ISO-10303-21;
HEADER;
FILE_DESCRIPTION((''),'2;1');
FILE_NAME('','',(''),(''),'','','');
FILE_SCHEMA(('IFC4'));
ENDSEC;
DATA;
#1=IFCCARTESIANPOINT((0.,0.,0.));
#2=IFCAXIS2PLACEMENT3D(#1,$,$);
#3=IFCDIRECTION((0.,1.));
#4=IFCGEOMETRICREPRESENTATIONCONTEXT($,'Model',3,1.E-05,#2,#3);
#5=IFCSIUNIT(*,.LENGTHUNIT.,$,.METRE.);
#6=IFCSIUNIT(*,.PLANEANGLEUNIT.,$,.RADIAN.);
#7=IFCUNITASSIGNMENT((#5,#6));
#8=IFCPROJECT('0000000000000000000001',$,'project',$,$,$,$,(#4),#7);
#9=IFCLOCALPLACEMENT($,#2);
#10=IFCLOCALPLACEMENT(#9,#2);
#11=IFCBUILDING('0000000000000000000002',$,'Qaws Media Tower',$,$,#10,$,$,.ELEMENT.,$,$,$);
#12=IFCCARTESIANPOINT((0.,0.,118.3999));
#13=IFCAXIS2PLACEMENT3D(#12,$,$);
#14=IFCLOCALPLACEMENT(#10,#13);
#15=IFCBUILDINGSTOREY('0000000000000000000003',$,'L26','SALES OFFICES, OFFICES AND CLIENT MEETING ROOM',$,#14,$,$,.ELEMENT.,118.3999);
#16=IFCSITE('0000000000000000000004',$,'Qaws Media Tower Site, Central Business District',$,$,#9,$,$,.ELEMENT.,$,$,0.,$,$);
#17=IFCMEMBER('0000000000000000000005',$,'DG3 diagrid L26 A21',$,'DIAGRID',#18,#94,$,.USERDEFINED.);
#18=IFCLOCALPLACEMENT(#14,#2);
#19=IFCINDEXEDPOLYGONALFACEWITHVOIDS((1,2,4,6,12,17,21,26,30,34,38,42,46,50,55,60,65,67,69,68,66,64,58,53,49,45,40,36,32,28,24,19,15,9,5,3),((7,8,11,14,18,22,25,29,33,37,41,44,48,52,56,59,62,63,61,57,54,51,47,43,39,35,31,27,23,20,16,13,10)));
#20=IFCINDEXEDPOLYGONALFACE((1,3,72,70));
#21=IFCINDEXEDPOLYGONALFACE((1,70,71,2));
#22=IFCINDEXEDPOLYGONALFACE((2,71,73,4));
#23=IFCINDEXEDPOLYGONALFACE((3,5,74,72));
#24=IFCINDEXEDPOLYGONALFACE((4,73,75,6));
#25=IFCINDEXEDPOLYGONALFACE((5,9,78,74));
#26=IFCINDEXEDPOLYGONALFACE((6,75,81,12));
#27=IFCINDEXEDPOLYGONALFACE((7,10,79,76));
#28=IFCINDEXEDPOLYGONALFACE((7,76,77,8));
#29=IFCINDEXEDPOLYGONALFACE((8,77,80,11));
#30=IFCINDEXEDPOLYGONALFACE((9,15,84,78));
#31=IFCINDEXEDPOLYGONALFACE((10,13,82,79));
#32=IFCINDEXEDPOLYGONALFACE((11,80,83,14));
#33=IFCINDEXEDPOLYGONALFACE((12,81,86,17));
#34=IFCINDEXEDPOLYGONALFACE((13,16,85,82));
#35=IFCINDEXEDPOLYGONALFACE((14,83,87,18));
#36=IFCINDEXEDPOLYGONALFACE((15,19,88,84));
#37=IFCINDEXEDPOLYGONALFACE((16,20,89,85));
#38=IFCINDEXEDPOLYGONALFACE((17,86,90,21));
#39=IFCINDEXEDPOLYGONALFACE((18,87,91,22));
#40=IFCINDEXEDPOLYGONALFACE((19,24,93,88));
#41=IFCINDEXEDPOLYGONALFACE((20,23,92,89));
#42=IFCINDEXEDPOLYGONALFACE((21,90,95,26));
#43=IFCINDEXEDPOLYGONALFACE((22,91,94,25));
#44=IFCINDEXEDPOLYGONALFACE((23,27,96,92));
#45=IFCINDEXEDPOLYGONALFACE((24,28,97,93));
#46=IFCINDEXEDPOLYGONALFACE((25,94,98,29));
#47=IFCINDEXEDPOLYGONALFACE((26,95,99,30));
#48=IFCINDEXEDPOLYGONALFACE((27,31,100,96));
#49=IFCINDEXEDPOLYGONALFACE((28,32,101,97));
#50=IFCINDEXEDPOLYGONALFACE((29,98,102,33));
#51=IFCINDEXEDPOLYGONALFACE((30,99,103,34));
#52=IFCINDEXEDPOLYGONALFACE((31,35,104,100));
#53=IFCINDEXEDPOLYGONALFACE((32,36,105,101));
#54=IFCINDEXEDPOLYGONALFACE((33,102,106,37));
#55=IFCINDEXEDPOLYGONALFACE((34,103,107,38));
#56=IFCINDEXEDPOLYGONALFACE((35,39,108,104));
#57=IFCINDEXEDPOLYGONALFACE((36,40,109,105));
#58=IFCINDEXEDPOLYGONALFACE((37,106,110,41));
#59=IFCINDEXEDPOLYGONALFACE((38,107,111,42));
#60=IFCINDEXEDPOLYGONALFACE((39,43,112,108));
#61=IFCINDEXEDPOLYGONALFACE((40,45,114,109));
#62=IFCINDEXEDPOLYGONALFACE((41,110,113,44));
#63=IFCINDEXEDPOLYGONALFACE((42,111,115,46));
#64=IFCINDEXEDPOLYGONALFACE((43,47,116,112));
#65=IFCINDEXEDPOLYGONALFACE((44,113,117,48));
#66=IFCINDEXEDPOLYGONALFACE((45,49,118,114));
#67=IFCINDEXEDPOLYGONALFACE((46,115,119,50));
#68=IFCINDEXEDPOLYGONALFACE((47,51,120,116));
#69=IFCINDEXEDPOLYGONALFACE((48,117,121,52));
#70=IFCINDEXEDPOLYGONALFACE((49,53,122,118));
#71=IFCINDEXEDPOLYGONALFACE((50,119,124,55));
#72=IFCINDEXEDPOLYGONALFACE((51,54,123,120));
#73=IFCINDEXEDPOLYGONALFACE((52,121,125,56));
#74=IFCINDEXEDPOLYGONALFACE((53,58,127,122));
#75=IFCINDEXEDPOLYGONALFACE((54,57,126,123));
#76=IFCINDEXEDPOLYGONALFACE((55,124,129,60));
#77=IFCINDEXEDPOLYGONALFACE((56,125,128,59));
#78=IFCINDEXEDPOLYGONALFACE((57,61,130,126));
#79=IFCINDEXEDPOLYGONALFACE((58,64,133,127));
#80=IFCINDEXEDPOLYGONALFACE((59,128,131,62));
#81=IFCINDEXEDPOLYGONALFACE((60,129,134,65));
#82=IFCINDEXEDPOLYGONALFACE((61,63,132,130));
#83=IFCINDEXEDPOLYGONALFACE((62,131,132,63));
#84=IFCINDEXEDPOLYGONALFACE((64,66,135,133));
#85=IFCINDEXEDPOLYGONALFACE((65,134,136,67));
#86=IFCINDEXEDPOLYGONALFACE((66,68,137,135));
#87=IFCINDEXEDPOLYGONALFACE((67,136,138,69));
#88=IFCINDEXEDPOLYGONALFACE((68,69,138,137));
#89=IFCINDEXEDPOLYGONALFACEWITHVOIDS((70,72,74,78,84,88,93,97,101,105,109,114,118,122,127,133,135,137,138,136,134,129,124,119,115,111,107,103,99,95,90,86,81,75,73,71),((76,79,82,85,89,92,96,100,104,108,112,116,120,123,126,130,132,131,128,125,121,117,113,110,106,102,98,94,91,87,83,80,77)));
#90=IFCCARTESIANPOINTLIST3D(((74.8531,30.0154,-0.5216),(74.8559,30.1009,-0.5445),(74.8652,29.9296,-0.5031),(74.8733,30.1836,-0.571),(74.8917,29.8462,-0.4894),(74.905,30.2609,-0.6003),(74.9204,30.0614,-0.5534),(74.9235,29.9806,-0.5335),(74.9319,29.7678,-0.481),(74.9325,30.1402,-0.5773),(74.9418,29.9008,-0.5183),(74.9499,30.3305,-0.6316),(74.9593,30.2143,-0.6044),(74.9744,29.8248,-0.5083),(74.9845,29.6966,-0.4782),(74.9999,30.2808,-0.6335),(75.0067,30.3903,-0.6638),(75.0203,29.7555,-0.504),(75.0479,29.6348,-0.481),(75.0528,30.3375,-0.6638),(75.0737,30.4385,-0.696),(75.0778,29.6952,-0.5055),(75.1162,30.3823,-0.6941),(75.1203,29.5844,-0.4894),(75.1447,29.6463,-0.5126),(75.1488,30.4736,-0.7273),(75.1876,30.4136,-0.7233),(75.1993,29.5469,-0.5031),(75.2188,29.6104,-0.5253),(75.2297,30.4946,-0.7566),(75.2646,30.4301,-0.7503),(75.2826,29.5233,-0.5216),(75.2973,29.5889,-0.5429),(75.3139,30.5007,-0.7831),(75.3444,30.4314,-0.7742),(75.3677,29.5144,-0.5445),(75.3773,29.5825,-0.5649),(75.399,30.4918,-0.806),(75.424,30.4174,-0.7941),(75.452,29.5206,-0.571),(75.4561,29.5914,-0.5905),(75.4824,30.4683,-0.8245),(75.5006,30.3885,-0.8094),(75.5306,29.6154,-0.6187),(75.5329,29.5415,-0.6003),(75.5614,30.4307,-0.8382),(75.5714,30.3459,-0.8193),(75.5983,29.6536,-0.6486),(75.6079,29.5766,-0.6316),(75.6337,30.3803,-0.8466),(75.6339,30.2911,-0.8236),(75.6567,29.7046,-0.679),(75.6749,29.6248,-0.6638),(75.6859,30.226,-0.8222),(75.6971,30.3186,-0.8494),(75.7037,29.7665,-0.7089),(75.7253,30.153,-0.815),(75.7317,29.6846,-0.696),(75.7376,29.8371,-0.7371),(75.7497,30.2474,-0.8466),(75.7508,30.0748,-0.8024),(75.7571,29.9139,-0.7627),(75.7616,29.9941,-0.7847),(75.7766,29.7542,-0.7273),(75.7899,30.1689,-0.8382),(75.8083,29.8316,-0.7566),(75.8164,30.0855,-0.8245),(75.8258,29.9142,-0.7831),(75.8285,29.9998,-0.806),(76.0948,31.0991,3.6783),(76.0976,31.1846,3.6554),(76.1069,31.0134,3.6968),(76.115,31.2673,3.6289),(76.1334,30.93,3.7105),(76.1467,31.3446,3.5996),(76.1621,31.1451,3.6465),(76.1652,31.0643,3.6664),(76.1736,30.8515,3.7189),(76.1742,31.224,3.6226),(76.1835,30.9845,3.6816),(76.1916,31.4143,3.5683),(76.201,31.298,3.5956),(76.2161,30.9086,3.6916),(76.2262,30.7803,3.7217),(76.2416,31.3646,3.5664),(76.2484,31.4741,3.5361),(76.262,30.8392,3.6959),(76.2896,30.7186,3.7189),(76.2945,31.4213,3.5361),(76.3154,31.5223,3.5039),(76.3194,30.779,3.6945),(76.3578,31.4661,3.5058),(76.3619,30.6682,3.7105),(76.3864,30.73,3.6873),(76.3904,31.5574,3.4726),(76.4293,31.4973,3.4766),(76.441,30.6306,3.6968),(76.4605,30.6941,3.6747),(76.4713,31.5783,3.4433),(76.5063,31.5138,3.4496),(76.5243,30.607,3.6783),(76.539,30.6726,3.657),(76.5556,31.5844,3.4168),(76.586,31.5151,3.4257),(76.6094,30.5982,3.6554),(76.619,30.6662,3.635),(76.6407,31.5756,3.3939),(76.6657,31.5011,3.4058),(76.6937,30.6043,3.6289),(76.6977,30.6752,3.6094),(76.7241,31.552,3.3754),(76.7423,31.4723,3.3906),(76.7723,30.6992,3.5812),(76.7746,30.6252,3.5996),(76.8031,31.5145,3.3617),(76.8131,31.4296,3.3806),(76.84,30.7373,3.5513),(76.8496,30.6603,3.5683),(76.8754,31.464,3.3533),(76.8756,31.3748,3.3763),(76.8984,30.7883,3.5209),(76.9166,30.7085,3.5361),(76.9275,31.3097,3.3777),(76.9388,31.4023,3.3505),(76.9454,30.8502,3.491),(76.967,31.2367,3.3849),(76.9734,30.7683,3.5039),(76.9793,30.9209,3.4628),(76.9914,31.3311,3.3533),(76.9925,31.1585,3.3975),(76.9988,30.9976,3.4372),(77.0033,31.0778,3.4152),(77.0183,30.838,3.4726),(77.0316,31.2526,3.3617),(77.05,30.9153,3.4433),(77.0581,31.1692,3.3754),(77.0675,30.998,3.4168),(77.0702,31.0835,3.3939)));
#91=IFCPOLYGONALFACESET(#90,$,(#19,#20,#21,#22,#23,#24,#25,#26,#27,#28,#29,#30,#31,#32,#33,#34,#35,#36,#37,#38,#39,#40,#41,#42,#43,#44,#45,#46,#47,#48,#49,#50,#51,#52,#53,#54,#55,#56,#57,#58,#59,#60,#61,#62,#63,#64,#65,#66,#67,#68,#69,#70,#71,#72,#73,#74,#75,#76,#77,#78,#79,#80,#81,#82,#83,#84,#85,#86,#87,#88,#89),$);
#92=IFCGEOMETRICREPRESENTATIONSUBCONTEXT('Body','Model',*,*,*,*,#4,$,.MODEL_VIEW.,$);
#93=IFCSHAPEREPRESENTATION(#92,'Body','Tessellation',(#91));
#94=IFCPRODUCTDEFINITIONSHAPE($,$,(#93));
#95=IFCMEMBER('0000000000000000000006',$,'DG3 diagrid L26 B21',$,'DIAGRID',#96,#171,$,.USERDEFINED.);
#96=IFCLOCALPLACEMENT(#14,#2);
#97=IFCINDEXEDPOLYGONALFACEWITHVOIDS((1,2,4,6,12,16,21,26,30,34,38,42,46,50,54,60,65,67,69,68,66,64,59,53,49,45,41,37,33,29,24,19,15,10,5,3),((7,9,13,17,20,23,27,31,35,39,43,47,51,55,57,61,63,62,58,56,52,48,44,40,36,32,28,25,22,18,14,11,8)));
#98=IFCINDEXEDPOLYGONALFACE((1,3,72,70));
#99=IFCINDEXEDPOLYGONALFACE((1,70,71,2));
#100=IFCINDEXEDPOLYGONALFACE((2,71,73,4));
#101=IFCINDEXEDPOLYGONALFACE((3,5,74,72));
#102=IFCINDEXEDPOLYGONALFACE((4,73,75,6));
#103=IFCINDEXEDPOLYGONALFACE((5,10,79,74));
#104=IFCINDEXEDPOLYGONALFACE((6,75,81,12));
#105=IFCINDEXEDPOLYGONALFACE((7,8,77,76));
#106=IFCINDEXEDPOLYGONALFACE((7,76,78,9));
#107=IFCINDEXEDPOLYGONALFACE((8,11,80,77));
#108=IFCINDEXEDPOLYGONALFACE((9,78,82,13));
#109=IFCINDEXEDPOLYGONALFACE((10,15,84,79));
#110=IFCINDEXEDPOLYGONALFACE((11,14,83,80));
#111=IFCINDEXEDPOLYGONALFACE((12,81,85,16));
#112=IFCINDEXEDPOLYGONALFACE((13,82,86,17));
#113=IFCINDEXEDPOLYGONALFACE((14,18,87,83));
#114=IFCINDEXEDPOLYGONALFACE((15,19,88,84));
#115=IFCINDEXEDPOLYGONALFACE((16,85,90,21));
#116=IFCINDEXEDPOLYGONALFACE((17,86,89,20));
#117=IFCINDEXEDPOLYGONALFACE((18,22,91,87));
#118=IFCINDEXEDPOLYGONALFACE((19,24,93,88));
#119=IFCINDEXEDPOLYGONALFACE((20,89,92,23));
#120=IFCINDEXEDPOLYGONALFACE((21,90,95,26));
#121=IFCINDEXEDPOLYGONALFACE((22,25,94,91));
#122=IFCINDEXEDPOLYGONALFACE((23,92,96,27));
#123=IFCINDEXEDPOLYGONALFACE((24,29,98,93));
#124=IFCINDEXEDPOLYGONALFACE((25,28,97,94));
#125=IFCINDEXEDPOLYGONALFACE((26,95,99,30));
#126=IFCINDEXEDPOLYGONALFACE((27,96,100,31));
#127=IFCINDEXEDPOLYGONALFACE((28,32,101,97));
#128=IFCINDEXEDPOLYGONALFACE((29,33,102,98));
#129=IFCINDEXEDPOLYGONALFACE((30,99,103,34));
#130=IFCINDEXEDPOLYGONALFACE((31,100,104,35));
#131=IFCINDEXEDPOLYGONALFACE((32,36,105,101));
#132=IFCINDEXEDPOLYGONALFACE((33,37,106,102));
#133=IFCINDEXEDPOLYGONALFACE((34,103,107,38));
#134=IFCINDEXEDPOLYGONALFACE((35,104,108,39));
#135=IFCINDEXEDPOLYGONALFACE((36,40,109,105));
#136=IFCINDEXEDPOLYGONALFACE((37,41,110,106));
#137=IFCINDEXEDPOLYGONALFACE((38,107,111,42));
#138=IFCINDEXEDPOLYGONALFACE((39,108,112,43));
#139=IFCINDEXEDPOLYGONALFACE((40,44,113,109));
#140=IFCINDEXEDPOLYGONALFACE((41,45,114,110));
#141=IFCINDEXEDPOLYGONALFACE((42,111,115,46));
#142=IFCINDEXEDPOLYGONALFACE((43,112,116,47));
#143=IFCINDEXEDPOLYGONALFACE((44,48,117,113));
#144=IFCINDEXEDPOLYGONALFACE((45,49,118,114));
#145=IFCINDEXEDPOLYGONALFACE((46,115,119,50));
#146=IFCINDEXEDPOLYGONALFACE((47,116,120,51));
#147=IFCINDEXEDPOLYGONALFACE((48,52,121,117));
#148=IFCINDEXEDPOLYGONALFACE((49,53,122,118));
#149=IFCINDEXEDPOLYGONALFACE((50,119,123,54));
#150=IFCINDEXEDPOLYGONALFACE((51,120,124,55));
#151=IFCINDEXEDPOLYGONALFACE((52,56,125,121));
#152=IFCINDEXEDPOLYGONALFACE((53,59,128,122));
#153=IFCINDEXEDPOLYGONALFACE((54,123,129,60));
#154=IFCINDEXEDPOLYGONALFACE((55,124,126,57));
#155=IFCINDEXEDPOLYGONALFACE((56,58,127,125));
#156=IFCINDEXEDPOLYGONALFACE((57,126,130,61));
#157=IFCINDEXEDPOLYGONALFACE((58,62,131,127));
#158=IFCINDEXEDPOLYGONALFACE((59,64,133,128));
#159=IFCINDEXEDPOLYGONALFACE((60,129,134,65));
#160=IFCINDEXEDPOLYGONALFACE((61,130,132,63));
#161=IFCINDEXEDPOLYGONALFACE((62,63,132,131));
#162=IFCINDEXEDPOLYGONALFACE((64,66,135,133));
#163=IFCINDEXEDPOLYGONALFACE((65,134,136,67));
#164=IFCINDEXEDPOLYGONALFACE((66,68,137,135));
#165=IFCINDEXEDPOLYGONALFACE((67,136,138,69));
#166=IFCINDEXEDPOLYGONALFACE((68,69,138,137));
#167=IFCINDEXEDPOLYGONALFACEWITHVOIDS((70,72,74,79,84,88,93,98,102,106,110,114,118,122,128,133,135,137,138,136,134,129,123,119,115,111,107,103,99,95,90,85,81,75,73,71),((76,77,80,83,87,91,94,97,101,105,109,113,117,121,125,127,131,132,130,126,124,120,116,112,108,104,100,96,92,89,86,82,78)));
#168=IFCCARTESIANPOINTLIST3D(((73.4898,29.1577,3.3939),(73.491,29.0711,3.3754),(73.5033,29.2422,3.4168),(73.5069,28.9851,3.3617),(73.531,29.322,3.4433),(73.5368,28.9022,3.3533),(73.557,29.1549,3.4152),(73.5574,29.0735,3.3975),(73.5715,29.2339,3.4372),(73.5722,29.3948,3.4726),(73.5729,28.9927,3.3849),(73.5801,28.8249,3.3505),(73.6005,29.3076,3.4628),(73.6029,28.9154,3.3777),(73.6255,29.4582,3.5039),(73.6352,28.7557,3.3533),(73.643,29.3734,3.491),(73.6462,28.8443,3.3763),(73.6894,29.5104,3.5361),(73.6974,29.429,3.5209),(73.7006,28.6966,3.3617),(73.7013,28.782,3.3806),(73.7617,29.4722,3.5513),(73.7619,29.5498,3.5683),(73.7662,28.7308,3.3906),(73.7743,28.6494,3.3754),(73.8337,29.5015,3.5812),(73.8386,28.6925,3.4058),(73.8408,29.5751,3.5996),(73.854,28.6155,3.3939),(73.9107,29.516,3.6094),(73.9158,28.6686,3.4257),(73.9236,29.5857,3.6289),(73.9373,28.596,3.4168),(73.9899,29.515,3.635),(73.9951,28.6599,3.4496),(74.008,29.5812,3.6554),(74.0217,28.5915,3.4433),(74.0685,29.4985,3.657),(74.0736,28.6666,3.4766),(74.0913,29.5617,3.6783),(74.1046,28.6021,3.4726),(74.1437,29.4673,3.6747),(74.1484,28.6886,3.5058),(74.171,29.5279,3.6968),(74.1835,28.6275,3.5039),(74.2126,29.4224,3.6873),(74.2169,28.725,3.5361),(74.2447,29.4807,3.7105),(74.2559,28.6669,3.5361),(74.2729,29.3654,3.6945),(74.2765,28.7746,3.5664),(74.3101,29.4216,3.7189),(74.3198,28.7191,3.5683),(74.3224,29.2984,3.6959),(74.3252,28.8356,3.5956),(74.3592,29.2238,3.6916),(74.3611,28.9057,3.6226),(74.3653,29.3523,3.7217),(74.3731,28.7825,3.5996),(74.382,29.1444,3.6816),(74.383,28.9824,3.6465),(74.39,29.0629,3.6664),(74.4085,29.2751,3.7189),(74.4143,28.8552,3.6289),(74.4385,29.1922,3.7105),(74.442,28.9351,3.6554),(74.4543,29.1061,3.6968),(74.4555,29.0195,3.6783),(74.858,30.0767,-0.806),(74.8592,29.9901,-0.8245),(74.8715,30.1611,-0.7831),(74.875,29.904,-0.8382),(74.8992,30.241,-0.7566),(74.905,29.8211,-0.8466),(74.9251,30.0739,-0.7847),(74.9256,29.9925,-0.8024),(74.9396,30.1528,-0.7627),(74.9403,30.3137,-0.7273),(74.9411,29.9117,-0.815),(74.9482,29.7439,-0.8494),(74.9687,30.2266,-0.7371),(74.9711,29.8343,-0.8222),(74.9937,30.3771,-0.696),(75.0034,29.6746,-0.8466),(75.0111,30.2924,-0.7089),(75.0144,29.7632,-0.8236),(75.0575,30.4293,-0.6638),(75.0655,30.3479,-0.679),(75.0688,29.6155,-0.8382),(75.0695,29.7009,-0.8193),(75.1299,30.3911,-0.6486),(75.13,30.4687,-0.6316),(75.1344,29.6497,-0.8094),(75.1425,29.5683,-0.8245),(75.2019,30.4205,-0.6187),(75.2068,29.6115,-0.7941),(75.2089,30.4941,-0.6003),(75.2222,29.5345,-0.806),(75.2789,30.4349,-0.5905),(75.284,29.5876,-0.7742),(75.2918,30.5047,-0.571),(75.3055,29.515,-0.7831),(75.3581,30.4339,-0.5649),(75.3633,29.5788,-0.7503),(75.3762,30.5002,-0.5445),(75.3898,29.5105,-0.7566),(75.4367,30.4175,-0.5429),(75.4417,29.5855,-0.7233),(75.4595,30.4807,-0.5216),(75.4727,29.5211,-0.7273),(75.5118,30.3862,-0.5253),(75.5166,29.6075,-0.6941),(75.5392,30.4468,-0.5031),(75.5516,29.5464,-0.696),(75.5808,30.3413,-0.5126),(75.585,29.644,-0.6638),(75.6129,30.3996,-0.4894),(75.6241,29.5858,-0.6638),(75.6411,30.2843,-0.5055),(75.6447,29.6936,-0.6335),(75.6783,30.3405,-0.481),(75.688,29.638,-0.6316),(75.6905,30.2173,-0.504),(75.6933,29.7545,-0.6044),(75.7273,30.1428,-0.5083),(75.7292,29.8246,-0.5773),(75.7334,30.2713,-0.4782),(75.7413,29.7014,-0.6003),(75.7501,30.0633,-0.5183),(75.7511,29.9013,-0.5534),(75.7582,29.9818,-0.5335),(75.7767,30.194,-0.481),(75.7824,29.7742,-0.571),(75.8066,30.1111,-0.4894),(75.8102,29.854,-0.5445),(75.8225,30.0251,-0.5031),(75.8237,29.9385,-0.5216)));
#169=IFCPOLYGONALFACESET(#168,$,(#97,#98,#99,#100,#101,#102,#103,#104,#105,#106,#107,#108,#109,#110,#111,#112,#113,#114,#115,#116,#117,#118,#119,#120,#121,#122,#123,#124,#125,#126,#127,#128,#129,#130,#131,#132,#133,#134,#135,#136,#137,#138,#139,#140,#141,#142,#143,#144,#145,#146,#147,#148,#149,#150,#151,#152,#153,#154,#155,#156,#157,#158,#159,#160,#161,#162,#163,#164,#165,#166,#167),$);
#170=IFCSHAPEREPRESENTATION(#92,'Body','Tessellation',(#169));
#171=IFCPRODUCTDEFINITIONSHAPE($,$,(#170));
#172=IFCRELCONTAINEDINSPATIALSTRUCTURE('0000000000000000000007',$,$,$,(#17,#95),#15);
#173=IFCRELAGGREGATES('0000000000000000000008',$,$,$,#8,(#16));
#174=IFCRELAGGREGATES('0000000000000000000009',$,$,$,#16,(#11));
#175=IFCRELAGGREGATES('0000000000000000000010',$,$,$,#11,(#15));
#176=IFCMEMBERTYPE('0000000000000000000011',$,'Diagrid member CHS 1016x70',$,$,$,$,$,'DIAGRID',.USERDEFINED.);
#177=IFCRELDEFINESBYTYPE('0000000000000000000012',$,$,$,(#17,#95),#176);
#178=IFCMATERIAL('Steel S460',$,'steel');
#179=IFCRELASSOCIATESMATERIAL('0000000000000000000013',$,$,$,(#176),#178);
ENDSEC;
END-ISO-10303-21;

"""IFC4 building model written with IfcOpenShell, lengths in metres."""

from ifc_helpers import new_model, si_unit, direction, frame, origin, origin_2d, place, context, subcontext, project, spatial, hollow_circle, extrude, material, material_profile, profile_set, type_object, element, save


model = new_model("IFC4")

# Units and contexts
model_context = context("Model", 3, precision=1e-05, world=origin(), true_north=direction((0.0, 1.0)))
body_context = subcontext(model_context, "Body", "Model", "MODEL_VIEW")
ifc_project = project(units=[si_unit("LENGTHUNIT", "METRE"), si_unit("PLANEANGLEUNIT", "RADIAN")], contexts=[model_context])

# Site, building, storey
site_placement = place(None, origin())
site = spatial("IfcSite", under=ifc_project, at=site_placement, Name="Qaws Media Tower Site, Central Business District", CompositionType="ELEMENT", RefElevation=0.0)
building_placement = place(site_placement, origin())
building = spatial("IfcBuilding", under=site, at=building_placement, Name="Qaws Media Tower", CompositionType="ELEMENT")
storey_placement = place(building_placement, frame((0.0, 0.0, 118.3999)))
storey = spatial("IfcBuildingStorey", under=building, at=storey_placement, Name="L26", Description="SALES OFFICES, OFFICES AND CLIENT MEETING ROOM", CompositionType="ELEMENT", Elevation=118.3999)

# Members
ifc_material_1 = material(Name="Steel S460", Category="steel")
ifc_material_profile_1 = material_profile(ifc_material_1, hollow_circle(Radius=0.5081, WallThickness=0.0701, at=origin_2d()), Name="CHS 1016x70")
ifc_profile_set_1 = profile_set([ifc_material_profile_1], Name="Steel S460")
member_type_1 = type_object("IfcMemberType", Name="Diagrid member CHS 1016x70", ElementType="DIAGRID", PredefinedType="USERDEFINED", material=ifc_profile_set_1)
for number, where, z_axis, x_axis, name in (
    (1, (75.3408, 30.0076, -0.6638), (0.275214, 0.240204, 0.930892), (-0.65756, 0.753402, 0.0), "DG3 diagrid L26 A21"),
    (2, (75.3408, 30.0076, -0.6638), (-0.303244, -0.203678, 0.930891), (0.557568, -0.830131, 0.0), "DG3 diagrid L26 B21"),
):
    element("IfcMember", number, at=place(storey_placement, frame(where, z_axis=z_axis, x_axis=x_axis)), inside=storey, type_object=member_type_1, Name=name, ObjectType="DIAGRID", PredefinedType="USERDEFINED", context=body_context, shape_type="SweptSolid", body=[
        extrude(hollow_circle(Radius=0.5081, WallThickness=0.0701, at=origin_2d()), origin(), (0.0, 0.0, 1.0), 4.5117),
    ])

save(model, "model.ifc")
